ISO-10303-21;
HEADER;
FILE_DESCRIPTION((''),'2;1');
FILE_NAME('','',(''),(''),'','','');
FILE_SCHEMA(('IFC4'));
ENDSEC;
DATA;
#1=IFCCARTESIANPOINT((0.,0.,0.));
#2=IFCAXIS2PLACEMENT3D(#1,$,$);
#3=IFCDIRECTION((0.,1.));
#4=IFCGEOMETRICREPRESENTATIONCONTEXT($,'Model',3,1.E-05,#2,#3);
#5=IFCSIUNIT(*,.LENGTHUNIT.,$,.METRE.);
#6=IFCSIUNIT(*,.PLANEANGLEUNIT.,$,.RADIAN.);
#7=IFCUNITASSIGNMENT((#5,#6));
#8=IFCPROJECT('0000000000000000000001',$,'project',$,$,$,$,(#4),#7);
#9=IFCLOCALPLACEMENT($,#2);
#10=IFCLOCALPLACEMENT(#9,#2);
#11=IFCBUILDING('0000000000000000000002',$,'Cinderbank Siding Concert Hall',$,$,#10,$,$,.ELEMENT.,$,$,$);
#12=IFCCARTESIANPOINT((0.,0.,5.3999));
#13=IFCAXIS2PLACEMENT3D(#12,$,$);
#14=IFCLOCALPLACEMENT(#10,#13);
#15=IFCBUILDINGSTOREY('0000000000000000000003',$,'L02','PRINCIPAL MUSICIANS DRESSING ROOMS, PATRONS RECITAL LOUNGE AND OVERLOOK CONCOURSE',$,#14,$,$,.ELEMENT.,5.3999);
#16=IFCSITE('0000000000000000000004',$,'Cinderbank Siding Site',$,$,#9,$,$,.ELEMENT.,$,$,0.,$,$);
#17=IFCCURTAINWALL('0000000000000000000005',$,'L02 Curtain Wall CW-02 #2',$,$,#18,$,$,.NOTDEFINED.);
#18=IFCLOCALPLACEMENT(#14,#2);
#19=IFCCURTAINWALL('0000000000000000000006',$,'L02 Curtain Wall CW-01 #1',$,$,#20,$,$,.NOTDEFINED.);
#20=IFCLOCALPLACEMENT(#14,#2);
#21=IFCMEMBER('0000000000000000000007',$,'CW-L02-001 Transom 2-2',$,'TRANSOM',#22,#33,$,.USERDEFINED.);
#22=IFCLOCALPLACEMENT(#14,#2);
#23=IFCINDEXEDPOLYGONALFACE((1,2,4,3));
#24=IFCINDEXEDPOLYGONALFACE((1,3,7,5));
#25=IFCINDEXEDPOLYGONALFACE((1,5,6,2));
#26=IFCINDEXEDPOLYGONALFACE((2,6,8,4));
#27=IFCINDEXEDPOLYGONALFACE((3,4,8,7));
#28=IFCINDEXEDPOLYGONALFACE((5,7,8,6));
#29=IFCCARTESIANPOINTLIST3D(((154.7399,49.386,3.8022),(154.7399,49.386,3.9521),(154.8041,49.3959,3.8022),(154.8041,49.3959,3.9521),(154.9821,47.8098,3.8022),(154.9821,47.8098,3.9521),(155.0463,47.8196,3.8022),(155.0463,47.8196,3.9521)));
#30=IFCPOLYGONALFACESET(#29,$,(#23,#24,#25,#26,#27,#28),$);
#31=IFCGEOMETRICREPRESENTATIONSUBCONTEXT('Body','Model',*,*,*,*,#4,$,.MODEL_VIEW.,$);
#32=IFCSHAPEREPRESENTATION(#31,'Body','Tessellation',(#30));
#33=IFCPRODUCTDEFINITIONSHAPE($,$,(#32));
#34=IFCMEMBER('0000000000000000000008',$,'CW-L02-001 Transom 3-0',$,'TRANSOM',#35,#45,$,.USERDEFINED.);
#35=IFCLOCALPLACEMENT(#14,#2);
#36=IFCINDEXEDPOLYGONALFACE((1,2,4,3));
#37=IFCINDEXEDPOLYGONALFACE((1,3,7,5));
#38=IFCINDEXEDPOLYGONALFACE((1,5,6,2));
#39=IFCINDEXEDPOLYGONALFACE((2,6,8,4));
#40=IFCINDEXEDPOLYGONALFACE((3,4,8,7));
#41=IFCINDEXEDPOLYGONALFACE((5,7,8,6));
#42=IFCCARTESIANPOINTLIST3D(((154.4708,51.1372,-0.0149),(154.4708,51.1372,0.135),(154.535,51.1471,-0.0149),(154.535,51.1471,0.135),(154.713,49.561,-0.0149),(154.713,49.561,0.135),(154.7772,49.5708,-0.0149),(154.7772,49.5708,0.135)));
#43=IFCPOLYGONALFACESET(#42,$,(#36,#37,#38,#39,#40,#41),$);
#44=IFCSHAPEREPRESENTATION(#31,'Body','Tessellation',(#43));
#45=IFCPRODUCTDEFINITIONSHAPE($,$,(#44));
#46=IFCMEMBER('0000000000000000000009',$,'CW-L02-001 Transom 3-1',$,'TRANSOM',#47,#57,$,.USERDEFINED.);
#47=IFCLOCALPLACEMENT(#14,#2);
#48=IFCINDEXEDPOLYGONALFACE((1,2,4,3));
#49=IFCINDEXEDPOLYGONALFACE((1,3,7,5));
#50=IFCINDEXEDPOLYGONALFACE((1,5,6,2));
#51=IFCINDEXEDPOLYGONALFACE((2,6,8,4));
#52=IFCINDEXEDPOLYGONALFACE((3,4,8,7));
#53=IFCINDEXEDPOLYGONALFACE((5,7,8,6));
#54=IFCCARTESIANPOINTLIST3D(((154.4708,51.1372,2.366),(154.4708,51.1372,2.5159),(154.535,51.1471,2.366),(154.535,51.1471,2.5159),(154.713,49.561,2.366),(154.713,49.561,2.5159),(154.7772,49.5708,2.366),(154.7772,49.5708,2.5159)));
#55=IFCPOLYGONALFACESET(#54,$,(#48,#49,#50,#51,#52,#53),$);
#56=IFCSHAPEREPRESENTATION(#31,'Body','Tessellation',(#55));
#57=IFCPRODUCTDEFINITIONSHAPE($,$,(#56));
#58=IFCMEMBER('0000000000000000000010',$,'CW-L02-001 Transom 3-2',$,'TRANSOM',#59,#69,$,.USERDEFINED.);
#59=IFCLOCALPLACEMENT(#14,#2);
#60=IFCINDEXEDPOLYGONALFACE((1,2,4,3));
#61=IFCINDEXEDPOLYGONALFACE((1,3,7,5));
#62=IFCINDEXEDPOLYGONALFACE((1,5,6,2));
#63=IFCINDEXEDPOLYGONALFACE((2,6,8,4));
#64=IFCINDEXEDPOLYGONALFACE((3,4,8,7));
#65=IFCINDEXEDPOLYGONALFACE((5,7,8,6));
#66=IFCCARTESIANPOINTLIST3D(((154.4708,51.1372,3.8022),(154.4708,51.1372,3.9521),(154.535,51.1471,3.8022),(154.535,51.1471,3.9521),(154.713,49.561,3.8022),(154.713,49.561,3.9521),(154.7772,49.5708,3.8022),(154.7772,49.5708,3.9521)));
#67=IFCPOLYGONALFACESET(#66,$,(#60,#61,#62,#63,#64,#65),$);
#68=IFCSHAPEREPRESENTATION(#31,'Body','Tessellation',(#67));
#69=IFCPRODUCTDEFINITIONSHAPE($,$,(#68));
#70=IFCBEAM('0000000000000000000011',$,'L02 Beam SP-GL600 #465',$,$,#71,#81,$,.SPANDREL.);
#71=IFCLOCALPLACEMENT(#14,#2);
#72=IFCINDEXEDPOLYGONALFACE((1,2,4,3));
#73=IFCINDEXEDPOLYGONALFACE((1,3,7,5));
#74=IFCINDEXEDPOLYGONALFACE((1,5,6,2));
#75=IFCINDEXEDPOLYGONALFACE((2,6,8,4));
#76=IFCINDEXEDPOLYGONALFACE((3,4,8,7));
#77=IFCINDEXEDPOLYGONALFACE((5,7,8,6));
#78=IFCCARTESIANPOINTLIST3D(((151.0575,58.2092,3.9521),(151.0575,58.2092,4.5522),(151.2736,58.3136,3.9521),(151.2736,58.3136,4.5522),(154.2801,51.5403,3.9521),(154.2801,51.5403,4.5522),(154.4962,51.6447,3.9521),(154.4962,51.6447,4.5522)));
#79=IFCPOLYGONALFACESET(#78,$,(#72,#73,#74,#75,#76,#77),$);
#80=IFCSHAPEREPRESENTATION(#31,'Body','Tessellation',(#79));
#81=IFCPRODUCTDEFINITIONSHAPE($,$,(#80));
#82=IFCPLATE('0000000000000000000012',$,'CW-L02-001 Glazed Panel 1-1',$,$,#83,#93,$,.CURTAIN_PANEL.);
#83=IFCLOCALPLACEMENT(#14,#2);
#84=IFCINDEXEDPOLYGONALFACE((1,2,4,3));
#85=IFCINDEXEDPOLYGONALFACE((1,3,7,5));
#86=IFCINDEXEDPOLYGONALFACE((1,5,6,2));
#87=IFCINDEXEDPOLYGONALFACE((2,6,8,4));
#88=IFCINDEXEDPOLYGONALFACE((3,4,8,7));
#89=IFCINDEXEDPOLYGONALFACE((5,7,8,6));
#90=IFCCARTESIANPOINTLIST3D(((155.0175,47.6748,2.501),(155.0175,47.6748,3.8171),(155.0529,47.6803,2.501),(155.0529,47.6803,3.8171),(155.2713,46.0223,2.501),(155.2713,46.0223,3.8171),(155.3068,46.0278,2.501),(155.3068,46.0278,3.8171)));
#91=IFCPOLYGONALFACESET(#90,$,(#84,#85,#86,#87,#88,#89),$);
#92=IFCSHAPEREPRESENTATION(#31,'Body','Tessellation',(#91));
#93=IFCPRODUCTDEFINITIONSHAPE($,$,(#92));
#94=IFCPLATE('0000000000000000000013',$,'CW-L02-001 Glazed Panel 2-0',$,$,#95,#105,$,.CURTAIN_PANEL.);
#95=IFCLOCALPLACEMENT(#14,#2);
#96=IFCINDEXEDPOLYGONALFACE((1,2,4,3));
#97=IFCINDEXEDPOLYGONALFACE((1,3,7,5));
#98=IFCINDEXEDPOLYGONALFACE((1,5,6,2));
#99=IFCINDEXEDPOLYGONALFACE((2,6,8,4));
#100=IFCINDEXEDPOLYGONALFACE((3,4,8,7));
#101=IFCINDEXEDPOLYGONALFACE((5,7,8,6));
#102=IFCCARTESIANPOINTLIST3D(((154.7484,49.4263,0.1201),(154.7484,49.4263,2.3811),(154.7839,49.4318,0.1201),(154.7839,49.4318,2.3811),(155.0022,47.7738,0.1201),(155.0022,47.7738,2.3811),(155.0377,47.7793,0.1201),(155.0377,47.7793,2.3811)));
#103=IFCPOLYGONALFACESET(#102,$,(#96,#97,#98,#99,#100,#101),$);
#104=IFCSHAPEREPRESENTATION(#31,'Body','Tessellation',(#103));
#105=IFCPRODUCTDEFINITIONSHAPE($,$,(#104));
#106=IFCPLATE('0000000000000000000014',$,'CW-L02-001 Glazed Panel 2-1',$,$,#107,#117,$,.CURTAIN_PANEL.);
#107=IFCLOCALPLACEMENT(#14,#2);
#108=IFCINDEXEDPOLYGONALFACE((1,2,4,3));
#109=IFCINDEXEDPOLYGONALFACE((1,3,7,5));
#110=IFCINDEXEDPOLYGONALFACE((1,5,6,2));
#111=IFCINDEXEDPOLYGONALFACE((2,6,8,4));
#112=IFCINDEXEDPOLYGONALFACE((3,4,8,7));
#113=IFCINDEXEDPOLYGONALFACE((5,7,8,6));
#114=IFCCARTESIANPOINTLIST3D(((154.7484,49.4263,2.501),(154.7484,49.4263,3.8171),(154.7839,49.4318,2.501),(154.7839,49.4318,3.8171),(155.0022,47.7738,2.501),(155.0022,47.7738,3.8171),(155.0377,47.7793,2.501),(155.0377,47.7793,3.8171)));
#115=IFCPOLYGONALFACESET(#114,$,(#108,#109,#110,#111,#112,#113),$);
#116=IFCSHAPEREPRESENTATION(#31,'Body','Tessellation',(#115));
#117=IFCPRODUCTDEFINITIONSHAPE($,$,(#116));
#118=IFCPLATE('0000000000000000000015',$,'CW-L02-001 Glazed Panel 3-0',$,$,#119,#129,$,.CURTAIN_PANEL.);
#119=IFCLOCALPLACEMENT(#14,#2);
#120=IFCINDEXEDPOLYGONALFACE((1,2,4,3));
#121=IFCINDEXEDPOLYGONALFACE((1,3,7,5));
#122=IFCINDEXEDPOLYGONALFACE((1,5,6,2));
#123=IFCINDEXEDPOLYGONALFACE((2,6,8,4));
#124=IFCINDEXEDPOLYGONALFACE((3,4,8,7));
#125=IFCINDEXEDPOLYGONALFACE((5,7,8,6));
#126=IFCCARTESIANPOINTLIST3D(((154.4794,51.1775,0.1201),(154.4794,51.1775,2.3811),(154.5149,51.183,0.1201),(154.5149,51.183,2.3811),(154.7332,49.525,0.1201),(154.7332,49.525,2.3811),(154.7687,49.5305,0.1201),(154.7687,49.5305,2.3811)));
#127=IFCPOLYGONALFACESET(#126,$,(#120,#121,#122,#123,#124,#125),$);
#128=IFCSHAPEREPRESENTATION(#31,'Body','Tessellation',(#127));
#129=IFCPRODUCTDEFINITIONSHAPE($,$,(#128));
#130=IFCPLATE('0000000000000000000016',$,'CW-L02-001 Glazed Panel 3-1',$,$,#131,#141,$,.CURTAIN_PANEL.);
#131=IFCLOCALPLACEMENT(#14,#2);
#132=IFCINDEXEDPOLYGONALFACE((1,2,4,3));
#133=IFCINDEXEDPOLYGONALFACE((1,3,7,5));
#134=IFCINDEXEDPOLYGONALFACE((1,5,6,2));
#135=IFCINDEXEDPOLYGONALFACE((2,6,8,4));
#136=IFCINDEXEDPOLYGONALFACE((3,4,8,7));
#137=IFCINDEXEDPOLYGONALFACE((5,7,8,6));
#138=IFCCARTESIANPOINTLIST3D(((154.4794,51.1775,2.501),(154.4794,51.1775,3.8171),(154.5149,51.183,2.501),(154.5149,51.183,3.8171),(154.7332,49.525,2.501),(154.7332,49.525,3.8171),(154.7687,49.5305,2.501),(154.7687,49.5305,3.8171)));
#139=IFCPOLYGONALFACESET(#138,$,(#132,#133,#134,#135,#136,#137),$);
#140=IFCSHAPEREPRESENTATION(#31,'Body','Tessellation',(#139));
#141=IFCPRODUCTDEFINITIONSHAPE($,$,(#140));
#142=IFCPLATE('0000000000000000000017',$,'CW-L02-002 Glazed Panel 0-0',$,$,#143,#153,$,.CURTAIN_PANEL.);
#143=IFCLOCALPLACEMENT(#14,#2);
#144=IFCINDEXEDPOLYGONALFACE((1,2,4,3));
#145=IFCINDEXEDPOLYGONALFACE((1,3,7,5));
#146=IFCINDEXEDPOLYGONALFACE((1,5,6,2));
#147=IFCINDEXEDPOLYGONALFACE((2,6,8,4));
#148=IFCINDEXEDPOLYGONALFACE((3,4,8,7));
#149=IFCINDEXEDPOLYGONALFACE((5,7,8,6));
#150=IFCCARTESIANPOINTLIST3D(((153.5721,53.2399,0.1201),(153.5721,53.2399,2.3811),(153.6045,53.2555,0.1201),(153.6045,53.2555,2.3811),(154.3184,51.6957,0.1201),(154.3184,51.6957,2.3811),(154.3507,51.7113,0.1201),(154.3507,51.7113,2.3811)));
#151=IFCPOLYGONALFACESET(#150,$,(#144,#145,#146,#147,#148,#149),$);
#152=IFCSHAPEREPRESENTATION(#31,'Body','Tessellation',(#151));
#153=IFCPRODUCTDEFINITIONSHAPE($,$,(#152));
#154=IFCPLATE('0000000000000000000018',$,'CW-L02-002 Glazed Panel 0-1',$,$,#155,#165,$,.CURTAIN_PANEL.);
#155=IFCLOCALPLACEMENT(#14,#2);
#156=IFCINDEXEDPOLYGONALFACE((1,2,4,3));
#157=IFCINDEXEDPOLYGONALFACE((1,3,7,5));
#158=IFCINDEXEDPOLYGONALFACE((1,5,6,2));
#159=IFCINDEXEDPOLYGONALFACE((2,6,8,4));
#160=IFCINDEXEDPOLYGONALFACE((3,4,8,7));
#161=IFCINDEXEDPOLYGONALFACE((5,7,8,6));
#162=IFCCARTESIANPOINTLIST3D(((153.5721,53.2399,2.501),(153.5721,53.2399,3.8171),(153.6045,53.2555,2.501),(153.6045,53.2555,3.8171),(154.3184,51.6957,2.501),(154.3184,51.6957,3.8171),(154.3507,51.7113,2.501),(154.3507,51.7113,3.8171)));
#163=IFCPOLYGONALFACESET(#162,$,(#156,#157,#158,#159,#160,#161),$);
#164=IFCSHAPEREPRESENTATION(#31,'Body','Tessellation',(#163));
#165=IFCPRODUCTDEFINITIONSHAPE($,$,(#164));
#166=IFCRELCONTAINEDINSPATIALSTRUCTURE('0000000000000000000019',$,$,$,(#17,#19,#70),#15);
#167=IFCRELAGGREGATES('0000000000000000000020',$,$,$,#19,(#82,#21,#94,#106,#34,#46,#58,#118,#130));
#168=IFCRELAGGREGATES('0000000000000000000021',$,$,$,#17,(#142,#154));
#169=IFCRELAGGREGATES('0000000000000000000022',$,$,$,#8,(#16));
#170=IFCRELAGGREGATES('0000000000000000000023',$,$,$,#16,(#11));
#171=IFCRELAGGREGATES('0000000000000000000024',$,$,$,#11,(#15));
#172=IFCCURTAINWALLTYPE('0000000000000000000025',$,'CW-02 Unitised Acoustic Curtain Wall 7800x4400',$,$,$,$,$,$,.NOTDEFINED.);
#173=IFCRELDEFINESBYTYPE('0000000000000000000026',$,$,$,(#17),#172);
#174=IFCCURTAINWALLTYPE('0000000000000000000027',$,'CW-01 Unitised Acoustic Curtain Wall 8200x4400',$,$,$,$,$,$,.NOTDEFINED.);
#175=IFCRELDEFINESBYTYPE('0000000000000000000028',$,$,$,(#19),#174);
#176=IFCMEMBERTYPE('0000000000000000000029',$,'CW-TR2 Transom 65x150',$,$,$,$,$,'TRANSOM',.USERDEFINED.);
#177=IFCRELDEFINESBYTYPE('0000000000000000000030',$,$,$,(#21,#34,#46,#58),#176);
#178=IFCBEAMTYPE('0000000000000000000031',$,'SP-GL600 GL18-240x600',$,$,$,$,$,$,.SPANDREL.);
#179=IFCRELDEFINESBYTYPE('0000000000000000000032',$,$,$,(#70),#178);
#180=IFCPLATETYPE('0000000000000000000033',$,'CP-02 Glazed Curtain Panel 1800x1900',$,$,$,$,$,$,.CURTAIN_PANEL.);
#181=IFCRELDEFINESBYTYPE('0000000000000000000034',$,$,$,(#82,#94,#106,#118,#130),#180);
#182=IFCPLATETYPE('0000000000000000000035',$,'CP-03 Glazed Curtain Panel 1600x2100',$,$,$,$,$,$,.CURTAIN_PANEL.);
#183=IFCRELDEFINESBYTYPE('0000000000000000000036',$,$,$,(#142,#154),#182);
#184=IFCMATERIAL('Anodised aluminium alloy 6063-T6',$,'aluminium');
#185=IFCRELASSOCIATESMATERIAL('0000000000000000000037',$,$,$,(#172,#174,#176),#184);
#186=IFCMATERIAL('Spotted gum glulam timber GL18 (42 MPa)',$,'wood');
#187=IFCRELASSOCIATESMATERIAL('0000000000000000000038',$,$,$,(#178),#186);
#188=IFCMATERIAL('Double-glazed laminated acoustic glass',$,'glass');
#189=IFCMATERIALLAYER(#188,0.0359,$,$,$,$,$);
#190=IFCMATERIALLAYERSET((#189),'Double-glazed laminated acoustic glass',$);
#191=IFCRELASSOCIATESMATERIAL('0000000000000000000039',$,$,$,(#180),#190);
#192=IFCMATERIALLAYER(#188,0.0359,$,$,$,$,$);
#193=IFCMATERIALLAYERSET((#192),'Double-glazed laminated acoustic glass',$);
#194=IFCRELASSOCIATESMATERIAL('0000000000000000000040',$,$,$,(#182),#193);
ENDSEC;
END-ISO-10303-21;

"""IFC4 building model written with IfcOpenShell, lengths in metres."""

from ifc_helpers import new_model, si_unit, direction, frame, origin, origin_2d, place, context, subcontext, project, spatial, rectangle, extrude, material, layer, layer_set, material_profile, profile_set, type_object, element, aggregate, save


model = new_model("IFC4")

# Units and contexts
model_context = context("Model", 3, precision=1e-05, world=origin(), true_north=direction((0.0, 1.0)))
body_context = subcontext(model_context, "Body", "Model", "MODEL_VIEW")
ifc_project = project(units=[si_unit("LENGTHUNIT", "METRE"), si_unit("PLANEANGLEUNIT", "RADIAN")], contexts=[model_context])

# Site, building, storey
site_placement = place(None, origin())
site = spatial("IfcSite", under=ifc_project, at=site_placement, Name="Cinderbank Siding Site", CompositionType="ELEMENT", RefElevation=0.0)
building_placement = place(site_placement, origin())
building = spatial("IfcBuilding", under=site, at=building_placement, Name="Cinderbank Siding Concert Hall", CompositionType="ELEMENT")
storey_placement = place(building_placement, frame((0.0, 0.0, 5.3999)))
storey = spatial("IfcBuildingStorey", under=building, at=storey_placement, Name="L02", Description="PRINCIPAL MUSICIANS DRESSING ROOMS, PATRONS RECITAL LOUNGE AND OVERLOOK CONCOURSE", CompositionType="ELEMENT", Elevation=5.3999)

# Curtain walls
ifc_material_1 = material(Name="Anodised aluminium alloy 6063-T6", Category="aluminium")
curtain_wall_type_1 = type_object("IfcCurtainWallType", Name="CW-02 Unitised Acoustic Curtain Wall 7800x4400", PredefinedType="NOTDEFINED", material=ifc_material_1)
curtain_wall_1_placement = place(storey_placement, origin())
curtain_wall_1 = element("IfcCurtainWall", 1, at=curtain_wall_1_placement, inside=storey, type_object=curtain_wall_type_1, Name="L02 Curtain Wall CW-02 #2", PredefinedType="NOTDEFINED")
curtain_wall_type_2 = type_object("IfcCurtainWallType", Name="CW-01 Unitised Acoustic Curtain Wall 8200x4400", PredefinedType="NOTDEFINED", material=ifc_material_1)
curtain_wall_2_placement = place(storey_placement, origin())
curtain_wall_2 = element("IfcCurtainWall", 2, at=curtain_wall_2_placement, inside=storey, type_object=curtain_wall_type_2, Name="L02 Curtain Wall CW-01 #1", PredefinedType="NOTDEFINED")

# Members
ifc_material_profile_1 = material_profile(ifc_material_1, rectangle(XDim=0.0649, YDim=0.1499, at=origin_2d()), Name="ALU-TRAN-65x150", Category="LoadBearing")
ifc_profile_set_1 = profile_set([ifc_material_profile_1], Name="Anodised aluminium alloy 6063-T6")
member_type_1 = type_object("IfcMemberType", Name="CW-TR2 Transom 65x150", ElementType="TRANSOM", PredefinedType="USERDEFINED", material=ifc_profile_set_1)
member_1_placement = place(storey_placement, frame((155.0142, 47.8147, 3.8772), z_axis=(-0.151873, 0.9884, 0.0), x_axis=(-0.9884, -0.151873, 0.0)))
member_1 = element("IfcMember", 3, at=member_1_placement, type_object=member_type_1, Name="CW-L02-001 Transom 2-2", ObjectType="TRANSOM", PredefinedType="USERDEFINED", context=body_context, shape_type="SweptSolid", body=[
    extrude(rectangle(XDim=0.0649, YDim=0.1499, at=origin_2d()), origin(), (0.0, 0.0, 1.0), 1.5947),
])
member_2_placement = place(storey_placement, frame((154.7451, 49.5659, 0.0601), z_axis=(-0.151873, 0.9884, 0.0), x_axis=(-0.9884, -0.151873, 0.0)))
member_2 = element("IfcMember", 4, at=member_2_placement, type_object=member_type_1, Name="CW-L02-001 Transom 3-0", ObjectType="TRANSOM", PredefinedType="USERDEFINED", context=body_context, shape_type="SweptSolid", body=[
    extrude(rectangle(XDim=0.0649, YDim=0.1499, at=origin_2d()), origin(), (0.0, 0.0, 1.0), 1.5947),
])
member_3_placement = place(storey_placement, frame((154.7451, 49.5659, 2.4409), z_axis=(-0.151873, 0.9884, 0.0), x_axis=(-0.9884, -0.151873, 0.0)))
member_3 = element("IfcMember", 5, at=member_3_placement, type_object=member_type_1, Name="CW-L02-001 Transom 3-1", ObjectType="TRANSOM", PredefinedType="USERDEFINED", context=body_context, shape_type="SweptSolid", body=[
    extrude(rectangle(XDim=0.0649, YDim=0.1499, at=origin_2d()), origin(), (0.0, 0.0, 1.0), 1.5947),
])
member_4_placement = place(storey_placement, frame((154.7451, 49.5659, 3.8772), z_axis=(-0.151873, 0.9884, 0.0), x_axis=(-0.9884, -0.151873, 0.0)))
member_4 = element("IfcMember", 6, at=member_4_placement, type_object=member_type_1, Name="CW-L02-001 Transom 3-2", ObjectType="TRANSOM", PredefinedType="USERDEFINED", context=body_context, shape_type="SweptSolid", body=[
    extrude(rectangle(XDim=0.0649, YDim=0.1499, at=origin_2d()), origin(), (0.0, 0.0, 1.0), 1.5947),
])

# Beam
ifc_material_2 = material(Name="Spotted gum glulam timber GL18 (42 MPa)", Category="wood")
ifc_material_profile_2 = material_profile(ifc_material_2, rectangle(XDim=0.24, YDim=0.6001, at=origin_2d()), Name="GL18-240x600", Category="LoadBearing")
ifc_profile_set_2 = profile_set([ifc_material_profile_2], Name="Spotted gum glulam timber GL18 (42 MPa)")
beam_type_1 = type_object("IfcBeamType", Name="SP-GL600 GL18-240x600", PredefinedType="SPANDREL", material=ifc_profile_set_2)
beam_1_placement = place(storey_placement, frame((154.3882, 51.5925, 4.2522), z_axis=(-0.435096, 0.900384, 0.0), x_axis=(-0.900384, -0.435096, 0.0)))
element("IfcBeam", 7, at=beam_1_placement, inside=storey, type_object=beam_type_1, Name="L02 Beam SP-GL600 #465", PredefinedType="SPANDREL", context=body_context, shape_type="SweptSolid", body=[
    extrude(rectangle(XDim=0.24, YDim=0.6001, at=origin_2d()), origin(), (0.0, 0.0, 1.0), 7.4067),
])

# Plates
ifc_material_3 = material(Name="Double-glazed laminated acoustic glass", Category="glass")
ifc_layer_1 = layer(ifc_material_3, 0.0359)
ifc_layer_set_1 = layer_set([ifc_layer_1], Name="Double-glazed laminated acoustic glass")
plate_type_1 = type_object("IfcPlateType", Name="CP-02 Glazed Curtain Panel 1800x1900", PredefinedType="CURTAIN_PANEL", material=ifc_layer_set_1)
plate_1_placement = place(storey_placement, frame((155.1621, 46.8513, 2.501), z_axis=(0.0, 0.0, 1.0), x_axis=(-0.151815, 0.988409, 0.0)))
plate_1 = element("IfcPlate", 8, at=plate_1_placement, type_object=plate_type_1, Name="CW-L02-001 Glazed Panel 1-1", PredefinedType="CURTAIN_PANEL", context=body_context, shape_type="SweptSolid", body=[
    extrude(rectangle(XDim=1.6719, YDim=0.0359, at=origin_2d()), origin(), (0.0, 0.0, 1.0), 1.3162),
])
plate_2_placement = place(storey_placement, frame((154.8931, 48.6028, 0.1201), z_axis=(0.0, 0.0, 1.0), x_axis=(-0.151815, 0.988409, 0.0)))
plate_2 = element("IfcPlate", 9, at=plate_2_placement, type_object=plate_type_1, Name="CW-L02-001 Glazed Panel 2-0", PredefinedType="CURTAIN_PANEL", context=body_context, shape_type="SweptSolid", body=[
    extrude(rectangle(XDim=1.6719, YDim=0.0359, at=origin_2d()), origin(), (0.0, 0.0, 1.0), 2.261),
])
plate_3_placement = place(storey_placement, frame((154.8931, 48.6028, 2.501), z_axis=(0.0, 0.0, 1.0), x_axis=(-0.151815, 0.988409, 0.0)))
plate_3 = element("IfcPlate", 10, at=plate_3_placement, type_object=plate_type_1, Name="CW-L02-001 Glazed Panel 2-1", PredefinedType="CURTAIN_PANEL", context=body_context, shape_type="SweptSolid", body=[
    extrude(rectangle(XDim=1.6719, YDim=0.0359, at=origin_2d()), origin(), (0.0, 0.0, 1.0), 1.3162),
])
plate_4_placement = place(storey_placement, frame((154.624, 50.354, 0.1201), z_axis=(0.0, 0.0, 1.0), x_axis=(-0.151815, 0.988409, 0.0)))
plate_4 = element("IfcPlate", 11, at=plate_4_placement, type_object=plate_type_1, Name="CW-L02-001 Glazed Panel 3-0", PredefinedType="CURTAIN_PANEL", context=body_context, shape_type="SweptSolid", body=[
    extrude(rectangle(XDim=1.6719, YDim=0.0359, at=origin_2d()), origin(), (0.0, 0.0, 1.0), 2.261),
])
plate_5_placement = place(storey_placement, frame((154.624, 50.354, 2.501), z_axis=(0.0, 0.0, 1.0), x_axis=(-0.151815, 0.988409, 0.0)))
plate_5 = element("IfcPlate", 12, at=plate_5_placement, type_object=plate_type_1, Name="CW-L02-001 Glazed Panel 3-1", PredefinedType="CURTAIN_PANEL", context=body_context, shape_type="SweptSolid", body=[
    extrude(rectangle(XDim=1.6719, YDim=0.0359, at=origin_2d()), origin(), (0.0, 0.0, 1.0), 1.3162),
])
aggregate(curtain_wall_2, [plate_1, member_1, plate_2, plate_3, member_2, member_3, member_4, plate_4, plate_5])
ifc_layer_2 = layer(ifc_material_3, 0.0359)
ifc_layer_set_2 = layer_set([ifc_layer_2], Name="Double-glazed laminated acoustic glass")
plate_type_2 = type_object("IfcPlateType", Name="CP-03 Glazed Curtain Panel 1600x2100", PredefinedType="CURTAIN_PANEL", material=ifc_layer_set_2)
plate_6_placement = place(storey_placement, frame((153.9614, 52.4756, 0.1201), z_axis=(0.0, 0.0, 1.0), x_axis=(-0.435102, 0.900381, 0.0)))
plate_6 = element("IfcPlate", 13, at=plate_6_placement, type_object=plate_type_2, Name="CW-L02-002 Glazed Panel 0-0", PredefinedType="CURTAIN_PANEL", context=body_context, shape_type="SweptSolid", body=[
    extrude(rectangle(XDim=1.7151, YDim=0.0359, at=origin_2d()), origin(), (0.0, 0.0, 1.0), 2.261),
])
plate_7_placement = place(storey_placement, frame((153.9614, 52.4756, 2.501), z_axis=(0.0, 0.0, 1.0), x_axis=(-0.435102, 0.900381, 0.0)))
plate_7 = element("IfcPlate", 14, at=plate_7_placement, type_object=plate_type_2, Name="CW-L02-002 Glazed Panel 0-1", PredefinedType="CURTAIN_PANEL", context=body_context, shape_type="SweptSolid", body=[
    extrude(rectangle(XDim=1.7151, YDim=0.0359, at=origin_2d()), origin(), (0.0, 0.0, 1.0), 1.3162),
])
aggregate(curtain_wall_1, [plate_6, plate_7])

save(model, "model.ifc")
